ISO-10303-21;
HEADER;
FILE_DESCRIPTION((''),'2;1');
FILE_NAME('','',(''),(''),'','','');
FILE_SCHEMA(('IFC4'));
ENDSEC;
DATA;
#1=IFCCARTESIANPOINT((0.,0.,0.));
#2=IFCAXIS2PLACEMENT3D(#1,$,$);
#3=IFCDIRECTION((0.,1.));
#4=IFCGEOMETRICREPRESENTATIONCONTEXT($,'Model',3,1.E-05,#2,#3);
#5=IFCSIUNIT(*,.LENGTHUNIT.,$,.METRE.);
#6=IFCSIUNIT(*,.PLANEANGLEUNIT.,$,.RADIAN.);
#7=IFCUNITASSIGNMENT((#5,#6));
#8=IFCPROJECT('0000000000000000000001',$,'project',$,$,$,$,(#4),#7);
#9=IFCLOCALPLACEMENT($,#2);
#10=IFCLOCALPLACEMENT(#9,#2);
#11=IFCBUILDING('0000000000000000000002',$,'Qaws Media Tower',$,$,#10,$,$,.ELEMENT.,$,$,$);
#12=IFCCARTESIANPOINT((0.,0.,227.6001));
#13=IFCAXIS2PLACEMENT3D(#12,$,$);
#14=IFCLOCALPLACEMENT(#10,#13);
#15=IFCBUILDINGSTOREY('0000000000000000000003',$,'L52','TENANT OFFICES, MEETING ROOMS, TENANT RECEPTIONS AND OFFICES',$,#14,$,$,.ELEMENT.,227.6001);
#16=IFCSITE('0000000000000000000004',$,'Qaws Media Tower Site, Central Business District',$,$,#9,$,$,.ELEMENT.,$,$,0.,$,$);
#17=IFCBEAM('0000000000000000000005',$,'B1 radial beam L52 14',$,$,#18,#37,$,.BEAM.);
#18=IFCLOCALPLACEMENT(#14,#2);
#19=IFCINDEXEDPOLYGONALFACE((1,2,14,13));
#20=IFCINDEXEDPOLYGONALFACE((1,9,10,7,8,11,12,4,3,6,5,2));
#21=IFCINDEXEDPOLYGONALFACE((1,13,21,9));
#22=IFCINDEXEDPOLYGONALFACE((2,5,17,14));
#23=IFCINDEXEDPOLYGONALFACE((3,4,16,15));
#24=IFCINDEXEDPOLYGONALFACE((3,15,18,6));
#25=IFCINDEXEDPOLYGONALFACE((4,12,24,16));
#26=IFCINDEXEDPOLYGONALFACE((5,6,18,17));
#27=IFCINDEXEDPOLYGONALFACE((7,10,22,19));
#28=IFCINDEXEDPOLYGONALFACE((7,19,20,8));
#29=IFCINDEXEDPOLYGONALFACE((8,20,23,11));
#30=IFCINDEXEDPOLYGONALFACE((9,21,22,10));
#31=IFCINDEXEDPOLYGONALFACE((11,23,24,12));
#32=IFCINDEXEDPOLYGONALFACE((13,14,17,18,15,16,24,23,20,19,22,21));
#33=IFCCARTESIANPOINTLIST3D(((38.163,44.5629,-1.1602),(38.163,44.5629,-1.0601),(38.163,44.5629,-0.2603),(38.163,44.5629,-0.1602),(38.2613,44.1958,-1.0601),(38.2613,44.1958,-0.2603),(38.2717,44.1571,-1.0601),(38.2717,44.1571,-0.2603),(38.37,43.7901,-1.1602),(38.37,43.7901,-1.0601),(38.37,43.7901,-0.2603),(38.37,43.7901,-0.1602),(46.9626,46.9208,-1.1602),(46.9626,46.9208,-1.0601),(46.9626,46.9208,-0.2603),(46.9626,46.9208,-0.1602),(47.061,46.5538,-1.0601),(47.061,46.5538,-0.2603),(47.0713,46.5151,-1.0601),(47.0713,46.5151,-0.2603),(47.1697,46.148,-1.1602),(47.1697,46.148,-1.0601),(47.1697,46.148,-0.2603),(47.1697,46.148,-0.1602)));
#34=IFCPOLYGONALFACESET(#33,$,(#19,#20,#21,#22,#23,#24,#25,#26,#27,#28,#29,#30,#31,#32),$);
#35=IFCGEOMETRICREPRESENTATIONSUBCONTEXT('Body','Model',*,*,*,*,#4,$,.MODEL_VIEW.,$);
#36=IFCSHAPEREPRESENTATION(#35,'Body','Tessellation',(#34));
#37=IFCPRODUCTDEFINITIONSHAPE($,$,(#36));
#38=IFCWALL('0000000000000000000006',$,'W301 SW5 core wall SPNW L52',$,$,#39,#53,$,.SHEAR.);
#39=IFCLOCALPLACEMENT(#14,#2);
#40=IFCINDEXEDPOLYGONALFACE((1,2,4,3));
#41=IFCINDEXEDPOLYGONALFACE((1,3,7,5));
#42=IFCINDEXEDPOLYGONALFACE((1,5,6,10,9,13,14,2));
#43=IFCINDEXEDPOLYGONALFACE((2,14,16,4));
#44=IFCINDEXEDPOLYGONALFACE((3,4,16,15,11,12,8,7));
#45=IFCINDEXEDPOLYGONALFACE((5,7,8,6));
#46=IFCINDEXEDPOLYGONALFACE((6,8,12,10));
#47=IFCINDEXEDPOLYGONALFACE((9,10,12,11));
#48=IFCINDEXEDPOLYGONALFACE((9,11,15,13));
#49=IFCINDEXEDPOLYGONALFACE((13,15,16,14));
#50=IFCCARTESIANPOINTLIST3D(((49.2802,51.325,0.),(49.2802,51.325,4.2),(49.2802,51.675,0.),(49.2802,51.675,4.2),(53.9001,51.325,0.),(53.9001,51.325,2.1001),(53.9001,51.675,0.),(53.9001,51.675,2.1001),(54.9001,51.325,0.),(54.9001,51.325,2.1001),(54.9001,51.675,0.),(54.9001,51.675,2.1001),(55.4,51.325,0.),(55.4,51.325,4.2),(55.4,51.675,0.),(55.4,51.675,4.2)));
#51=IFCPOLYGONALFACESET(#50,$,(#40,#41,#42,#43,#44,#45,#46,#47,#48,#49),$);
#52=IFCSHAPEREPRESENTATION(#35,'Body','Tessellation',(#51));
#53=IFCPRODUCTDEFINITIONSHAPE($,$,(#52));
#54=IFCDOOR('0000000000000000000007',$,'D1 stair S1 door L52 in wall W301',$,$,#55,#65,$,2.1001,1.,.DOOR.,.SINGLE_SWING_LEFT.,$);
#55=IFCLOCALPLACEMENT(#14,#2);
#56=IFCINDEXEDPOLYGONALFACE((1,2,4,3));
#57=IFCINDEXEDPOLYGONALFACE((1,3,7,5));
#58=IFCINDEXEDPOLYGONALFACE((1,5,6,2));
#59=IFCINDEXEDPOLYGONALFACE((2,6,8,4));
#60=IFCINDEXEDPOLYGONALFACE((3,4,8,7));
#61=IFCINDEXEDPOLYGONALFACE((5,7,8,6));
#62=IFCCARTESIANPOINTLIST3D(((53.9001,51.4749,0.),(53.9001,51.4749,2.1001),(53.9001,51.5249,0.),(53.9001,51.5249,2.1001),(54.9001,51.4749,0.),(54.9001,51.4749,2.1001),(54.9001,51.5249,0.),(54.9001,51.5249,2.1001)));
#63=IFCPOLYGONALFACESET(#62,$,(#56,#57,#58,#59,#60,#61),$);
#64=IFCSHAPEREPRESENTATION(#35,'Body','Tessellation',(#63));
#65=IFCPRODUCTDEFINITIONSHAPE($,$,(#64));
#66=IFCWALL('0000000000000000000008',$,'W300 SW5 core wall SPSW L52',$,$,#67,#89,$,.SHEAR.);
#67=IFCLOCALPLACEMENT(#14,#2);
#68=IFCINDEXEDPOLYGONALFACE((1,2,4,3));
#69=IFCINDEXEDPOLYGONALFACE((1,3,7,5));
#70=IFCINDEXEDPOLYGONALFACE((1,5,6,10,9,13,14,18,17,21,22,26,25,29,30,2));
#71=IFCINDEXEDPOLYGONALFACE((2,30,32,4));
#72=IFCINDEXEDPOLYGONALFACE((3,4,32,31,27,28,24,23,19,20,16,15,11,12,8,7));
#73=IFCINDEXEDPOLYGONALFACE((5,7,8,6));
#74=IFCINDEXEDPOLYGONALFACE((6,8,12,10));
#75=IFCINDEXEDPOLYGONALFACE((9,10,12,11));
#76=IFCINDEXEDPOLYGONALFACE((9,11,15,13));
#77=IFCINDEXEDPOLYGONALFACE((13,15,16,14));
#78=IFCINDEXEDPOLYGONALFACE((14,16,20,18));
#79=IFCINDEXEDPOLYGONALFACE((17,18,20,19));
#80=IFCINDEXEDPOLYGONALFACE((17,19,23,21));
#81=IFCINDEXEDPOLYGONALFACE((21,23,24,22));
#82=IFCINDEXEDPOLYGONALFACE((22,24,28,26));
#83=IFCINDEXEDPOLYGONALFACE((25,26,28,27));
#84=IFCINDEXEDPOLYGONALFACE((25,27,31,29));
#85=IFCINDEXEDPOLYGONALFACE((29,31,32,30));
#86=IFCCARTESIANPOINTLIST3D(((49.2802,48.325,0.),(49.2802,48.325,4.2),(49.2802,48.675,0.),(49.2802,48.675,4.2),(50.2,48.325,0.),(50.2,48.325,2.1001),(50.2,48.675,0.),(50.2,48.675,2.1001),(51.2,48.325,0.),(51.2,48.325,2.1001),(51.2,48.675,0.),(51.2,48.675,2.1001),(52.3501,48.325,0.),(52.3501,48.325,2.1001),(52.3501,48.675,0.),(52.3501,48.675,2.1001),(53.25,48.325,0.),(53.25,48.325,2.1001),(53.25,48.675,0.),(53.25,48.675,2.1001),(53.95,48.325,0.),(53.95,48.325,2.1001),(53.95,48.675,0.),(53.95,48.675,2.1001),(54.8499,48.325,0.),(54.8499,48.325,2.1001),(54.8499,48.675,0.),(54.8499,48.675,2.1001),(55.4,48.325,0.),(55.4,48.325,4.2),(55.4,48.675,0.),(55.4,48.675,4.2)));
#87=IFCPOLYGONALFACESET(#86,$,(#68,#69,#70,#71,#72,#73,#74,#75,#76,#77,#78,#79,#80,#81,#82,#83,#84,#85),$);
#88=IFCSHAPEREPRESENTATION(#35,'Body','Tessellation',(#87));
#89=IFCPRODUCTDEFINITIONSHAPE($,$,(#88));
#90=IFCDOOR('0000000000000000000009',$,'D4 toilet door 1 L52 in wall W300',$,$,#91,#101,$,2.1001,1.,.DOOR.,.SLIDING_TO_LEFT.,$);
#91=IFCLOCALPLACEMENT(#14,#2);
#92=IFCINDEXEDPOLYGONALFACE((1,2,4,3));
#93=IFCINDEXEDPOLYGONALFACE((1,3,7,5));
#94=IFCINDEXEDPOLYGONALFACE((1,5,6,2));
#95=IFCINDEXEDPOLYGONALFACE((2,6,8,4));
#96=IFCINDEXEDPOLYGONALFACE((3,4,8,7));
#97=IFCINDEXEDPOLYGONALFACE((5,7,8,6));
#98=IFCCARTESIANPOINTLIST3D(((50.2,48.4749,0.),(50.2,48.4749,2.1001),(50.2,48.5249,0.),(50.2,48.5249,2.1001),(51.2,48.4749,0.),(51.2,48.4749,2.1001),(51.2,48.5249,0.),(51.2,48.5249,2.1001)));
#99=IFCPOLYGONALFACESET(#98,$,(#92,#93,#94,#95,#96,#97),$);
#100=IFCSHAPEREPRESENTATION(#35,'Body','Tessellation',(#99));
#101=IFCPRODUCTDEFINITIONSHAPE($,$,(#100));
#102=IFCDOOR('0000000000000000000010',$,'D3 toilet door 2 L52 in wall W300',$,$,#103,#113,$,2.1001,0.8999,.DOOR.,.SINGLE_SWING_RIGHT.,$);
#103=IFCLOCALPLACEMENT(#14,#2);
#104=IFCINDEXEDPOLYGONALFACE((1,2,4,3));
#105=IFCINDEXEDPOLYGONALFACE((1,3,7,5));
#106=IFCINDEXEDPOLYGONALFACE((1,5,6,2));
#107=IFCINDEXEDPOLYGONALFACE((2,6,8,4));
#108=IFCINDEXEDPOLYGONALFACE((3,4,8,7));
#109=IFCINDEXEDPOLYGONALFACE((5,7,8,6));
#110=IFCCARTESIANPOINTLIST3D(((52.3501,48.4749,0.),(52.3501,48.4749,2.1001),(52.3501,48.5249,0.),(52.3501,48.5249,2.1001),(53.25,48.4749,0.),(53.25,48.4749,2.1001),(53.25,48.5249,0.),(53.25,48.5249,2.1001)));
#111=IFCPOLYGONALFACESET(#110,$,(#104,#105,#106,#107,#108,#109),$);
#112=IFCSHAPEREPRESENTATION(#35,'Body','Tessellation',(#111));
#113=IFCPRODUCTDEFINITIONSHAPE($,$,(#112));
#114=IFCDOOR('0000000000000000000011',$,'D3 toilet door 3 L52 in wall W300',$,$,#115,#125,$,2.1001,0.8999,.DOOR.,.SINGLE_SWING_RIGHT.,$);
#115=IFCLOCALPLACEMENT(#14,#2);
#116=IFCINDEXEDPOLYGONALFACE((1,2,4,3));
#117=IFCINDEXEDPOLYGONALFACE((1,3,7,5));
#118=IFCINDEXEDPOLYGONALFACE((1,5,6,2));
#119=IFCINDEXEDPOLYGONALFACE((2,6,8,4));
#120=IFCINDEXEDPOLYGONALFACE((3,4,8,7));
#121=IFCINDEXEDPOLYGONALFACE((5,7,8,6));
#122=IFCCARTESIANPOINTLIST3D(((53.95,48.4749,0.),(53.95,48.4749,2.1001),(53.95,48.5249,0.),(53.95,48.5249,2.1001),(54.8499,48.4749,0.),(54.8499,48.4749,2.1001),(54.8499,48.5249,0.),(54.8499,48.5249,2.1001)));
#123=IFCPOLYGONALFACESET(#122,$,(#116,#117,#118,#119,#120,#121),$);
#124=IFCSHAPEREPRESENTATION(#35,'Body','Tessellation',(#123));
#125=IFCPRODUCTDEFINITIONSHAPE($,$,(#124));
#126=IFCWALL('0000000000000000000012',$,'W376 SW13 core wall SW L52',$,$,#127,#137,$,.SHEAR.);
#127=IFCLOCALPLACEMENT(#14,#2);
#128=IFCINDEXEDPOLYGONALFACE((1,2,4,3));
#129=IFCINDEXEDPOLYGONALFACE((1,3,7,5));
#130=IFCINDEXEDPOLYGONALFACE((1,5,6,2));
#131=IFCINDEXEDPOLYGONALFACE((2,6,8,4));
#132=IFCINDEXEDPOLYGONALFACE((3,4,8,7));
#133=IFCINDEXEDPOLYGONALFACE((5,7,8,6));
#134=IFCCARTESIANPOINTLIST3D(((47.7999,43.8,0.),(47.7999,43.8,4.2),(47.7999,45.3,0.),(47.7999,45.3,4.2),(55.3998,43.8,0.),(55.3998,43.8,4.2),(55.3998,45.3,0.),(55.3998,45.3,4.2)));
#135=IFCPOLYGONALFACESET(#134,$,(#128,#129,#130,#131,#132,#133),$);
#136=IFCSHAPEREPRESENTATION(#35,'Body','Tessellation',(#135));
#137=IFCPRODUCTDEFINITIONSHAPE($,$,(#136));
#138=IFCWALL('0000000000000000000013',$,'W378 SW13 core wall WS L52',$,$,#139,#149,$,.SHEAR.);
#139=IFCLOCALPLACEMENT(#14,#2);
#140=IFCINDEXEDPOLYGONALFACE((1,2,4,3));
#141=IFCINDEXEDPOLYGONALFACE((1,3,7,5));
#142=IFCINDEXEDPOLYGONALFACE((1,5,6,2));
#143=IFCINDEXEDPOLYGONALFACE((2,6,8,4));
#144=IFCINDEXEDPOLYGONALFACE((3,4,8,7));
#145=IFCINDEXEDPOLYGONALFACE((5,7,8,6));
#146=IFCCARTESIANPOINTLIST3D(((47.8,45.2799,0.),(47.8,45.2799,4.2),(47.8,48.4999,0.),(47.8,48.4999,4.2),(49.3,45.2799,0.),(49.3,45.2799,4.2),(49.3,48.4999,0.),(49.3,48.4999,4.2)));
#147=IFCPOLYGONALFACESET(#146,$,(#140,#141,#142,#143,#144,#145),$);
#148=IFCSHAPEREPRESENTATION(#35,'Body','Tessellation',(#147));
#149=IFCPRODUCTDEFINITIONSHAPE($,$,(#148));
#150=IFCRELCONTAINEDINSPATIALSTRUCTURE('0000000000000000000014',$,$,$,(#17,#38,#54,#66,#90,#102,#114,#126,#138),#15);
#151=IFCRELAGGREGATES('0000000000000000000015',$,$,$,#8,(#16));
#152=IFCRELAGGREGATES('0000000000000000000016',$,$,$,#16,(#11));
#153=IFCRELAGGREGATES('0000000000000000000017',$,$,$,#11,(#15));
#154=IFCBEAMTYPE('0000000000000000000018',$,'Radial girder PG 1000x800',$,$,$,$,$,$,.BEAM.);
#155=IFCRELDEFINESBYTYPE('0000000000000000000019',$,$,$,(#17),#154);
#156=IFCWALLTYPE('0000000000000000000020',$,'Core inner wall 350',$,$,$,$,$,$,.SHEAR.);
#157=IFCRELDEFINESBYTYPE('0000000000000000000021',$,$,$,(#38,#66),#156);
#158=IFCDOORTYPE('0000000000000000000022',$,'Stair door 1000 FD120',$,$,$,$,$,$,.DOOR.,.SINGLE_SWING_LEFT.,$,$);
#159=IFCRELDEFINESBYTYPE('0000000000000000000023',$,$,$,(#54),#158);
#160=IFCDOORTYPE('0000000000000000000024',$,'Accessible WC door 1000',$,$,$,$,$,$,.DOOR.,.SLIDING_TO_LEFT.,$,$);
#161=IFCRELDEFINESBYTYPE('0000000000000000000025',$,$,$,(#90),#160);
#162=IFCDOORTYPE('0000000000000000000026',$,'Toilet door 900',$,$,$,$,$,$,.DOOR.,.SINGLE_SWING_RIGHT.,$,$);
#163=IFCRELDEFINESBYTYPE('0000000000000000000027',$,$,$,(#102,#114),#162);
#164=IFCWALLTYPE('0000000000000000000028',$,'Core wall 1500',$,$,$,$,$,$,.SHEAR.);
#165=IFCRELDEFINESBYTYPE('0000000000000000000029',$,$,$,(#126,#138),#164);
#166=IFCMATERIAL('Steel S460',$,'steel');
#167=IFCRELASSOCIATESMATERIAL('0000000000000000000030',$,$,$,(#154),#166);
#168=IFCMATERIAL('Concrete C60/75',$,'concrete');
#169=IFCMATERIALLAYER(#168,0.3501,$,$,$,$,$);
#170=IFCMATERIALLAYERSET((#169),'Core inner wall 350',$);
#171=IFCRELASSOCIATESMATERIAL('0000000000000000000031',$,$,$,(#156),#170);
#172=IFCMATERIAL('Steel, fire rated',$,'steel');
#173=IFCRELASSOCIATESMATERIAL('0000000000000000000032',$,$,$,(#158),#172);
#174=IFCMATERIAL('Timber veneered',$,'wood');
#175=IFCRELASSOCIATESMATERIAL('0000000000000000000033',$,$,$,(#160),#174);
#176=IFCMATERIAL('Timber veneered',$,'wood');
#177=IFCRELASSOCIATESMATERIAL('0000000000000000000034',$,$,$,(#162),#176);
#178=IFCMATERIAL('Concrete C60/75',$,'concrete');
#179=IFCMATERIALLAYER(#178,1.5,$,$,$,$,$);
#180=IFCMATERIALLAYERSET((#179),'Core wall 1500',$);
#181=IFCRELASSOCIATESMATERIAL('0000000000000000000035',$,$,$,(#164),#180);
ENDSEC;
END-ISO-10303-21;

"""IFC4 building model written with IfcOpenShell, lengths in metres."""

from ifc_helpers import new_model, si_unit, direction, frame, frame_2d, origin, origin_2d, place, context, subcontext, project, spatial, rectangle, i_section, extrude, material, layer, layer_set, material_profile, profile_set, type_object, element, fill, save


model = new_model("IFC4")

# Units and contexts
model_context = context("Model", 3, precision=1e-05, world=origin(), true_north=direction((0.0, 1.0)))
body_context = subcontext(model_context, "Body", "Model", "MODEL_VIEW")
ifc_project = project(units=[si_unit("LENGTHUNIT", "METRE"), si_unit("PLANEANGLEUNIT", "RADIAN")], contexts=[model_context])

# Site, building, storey
site_placement = place(None, origin())
site = spatial("IfcSite", under=ifc_project, at=site_placement, Name="Qaws Media Tower Site, Central Business District", CompositionType="ELEMENT", RefElevation=0.0)
building_placement = place(site_placement, origin())
building = spatial("IfcBuilding", under=site, at=building_placement, Name="Qaws Media Tower", CompositionType="ELEMENT")
storey_placement = place(building_placement, frame((0.0, 0.0, 227.6001)))
storey = spatial("IfcBuildingStorey", under=building, at=storey_placement, Name="L52", Description="TENANT OFFICES, MEETING ROOMS, TENANT RECEPTIONS AND OFFICES", CompositionType="ELEMENT", Elevation=227.6001)

# Beam
ifc_material_1 = material(Name="Steel S460", Category="steel")
ifc_material_profile_1 = material_profile(ifc_material_1, i_section(OverallWidth=0.8, OverallDepth=1.0, WebThickness=0.04, FlangeThickness=0.1001, at=origin_2d()), Name="PG 1000x800")
ifc_profile_set_1 = profile_set([ifc_material_profile_1], Name="Steel S460")
beam_type_1 = type_object("IfcBeamType", Name="Radial girder PG 1000x800", PredefinedType="BEAM", material=ifc_profile_set_1)
beam_1_placement = place(storey_placement, frame((47.0662, 46.5344, -0.6602), z_axis=(-0.965924, -0.258827, 0.0), x_axis=(0.258827, -0.965924, 0.0)))
element("IfcBeam", 1, at=beam_1_placement, inside=storey, type_object=beam_type_1, Name="B1 radial beam L52 14", PredefinedType="BEAM", context=body_context, shape_type="SweptSolid", body=[
    extrude(i_section(OverallWidth=0.8, OverallDepth=1.0, WebThickness=0.04, FlangeThickness=0.1001, at=origin_2d()), origin(), (0.0, 0.0, 1.0), 9.1101),
])

# Wall, opening, door
ifc_material_2 = material(Name="Concrete C60/75", Category="concrete")
ifc_layer_1 = layer(ifc_material_2, 0.3501)
ifc_layer_set_1 = layer_set([ifc_layer_1], Name="Core inner wall 350")
wall_type_1 = type_object("IfcWallType", Name="Core inner wall 350", PredefinedType="SHEAR", material=ifc_layer_set_1)
wall_1_placement = place(storey_placement, frame((49.28, 51.5, 0.0), z_axis=(0.0, 0.0, 1.0), x_axis=(1.0, 0.0, 0.0)))
wall_1 = element("IfcWall", 2, at=wall_1_placement, inside=storey, type_object=wall_type_1, Name="W301 SW5 core wall SPNW L52", PredefinedType="SHEAR", context=body_context, shape_type="SweptSolid", body=[
    extrude(rectangle(XDim=6.1199, YDim=0.3501, at=frame_2d((3.0601, 0.0))), origin(), (0.0, 0.0, 1.0), 4.2),
])
opening_1_placement = place(wall_1_placement, frame((4.6201, 0.0, 0.0)))
opening_1 = element("IfcOpeningElement", 3, at=opening_1_placement, cuts=wall_1, PredefinedType="OPENING", context=body_context, shape_type="SweptSolid", body=[
    extrude(rectangle(XDim=1.0, YDim=2.1001, at=frame_2d((0.5, 1.05))), frame((0.0, 0.1851, 0.0), z_axis=(0.0, -1.0, 0.0), x_axis=(1.0, 0.0, 0.0)), (0.0, 0.0, 1.0), 0.3701),
])
ifc_material_3 = material(Name="Steel, fire rated", Category="steel")
door_type_1 = type_object("IfcDoorType", Name="Stair door 1000 FD120", OperationType="SINGLE_SWING_LEFT", PredefinedType="DOOR", material=ifc_material_3)
door_1_placement = place(opening_1_placement, origin())
door_1 = element("IfcDoor", 4, at=door_1_placement, inside=storey, type_object=door_type_1, Name="D1 stair S1 door L52 in wall W301", OperationType="SINGLE_SWING_LEFT", OverallHeight=2.1001, OverallWidth=1.0, PredefinedType="DOOR", context=body_context, shape_type="SweptSolid", body=[
    extrude(rectangle(XDim=1.0, YDim=2.1001, at=frame_2d((0.5, 1.05))), frame((0.0, 0.0249, 0.0), z_axis=(0.0, -1.0, 0.0), x_axis=(1.0, 0.0, 0.0)), (0.0, 0.0, 1.0), 0.05),
])
fill(opening_1, door_1)

# Wall, openings, doors
wall_2_placement = place(storey_placement, frame((49.28, 48.5, 0.0), z_axis=(0.0, 0.0, 1.0), x_axis=(1.0, 0.0, 0.0)))
wall_2 = element("IfcWall", 5, at=wall_2_placement, inside=storey, type_object=wall_type_1, Name="W300 SW5 core wall SPSW L52", PredefinedType="SHEAR", context=body_context, shape_type="SweptSolid", body=[
    extrude(rectangle(XDim=6.1199, YDim=0.3501, at=frame_2d((3.0601, 0.0))), origin(), (0.0, 0.0, 1.0), 4.2),
])
opening_2_placement = place(wall_2_placement, frame((0.9199, 0.0, 0.0)))
opening_2 = element("IfcOpeningElement", 6, at=opening_2_placement, cuts=wall_2, PredefinedType="OPENING", context=body_context, shape_type="SweptSolid", body=[
    extrude(rectangle(XDim=1.0, YDim=2.1001, at=frame_2d((0.5, 1.05))), frame((0.0, 0.1851, 0.0), z_axis=(0.0, -1.0, 0.0), x_axis=(1.0, 0.0, 0.0)), (0.0, 0.0, 1.0), 0.3701),
])
opening_3_placement = place(wall_2_placement, frame((3.0701, 0.0, 0.0)))
opening_3 = element("IfcOpeningElement", 7, at=opening_3_placement, cuts=wall_2, PredefinedType="OPENING", context=body_context, shape_type="SweptSolid", body=[
    extrude(rectangle(XDim=0.8999, YDim=2.1001, at=frame_2d((0.45, 1.05))), frame((0.0, 0.1851, 0.0), z_axis=(0.0, -1.0, 0.0), x_axis=(1.0, 0.0, 0.0)), (0.0, 0.0, 1.0), 0.3701),
])
opening_4_placement = place(wall_2_placement, frame((4.6699, 0.0, 0.0)))
opening_4 = element("IfcOpeningElement", 8, at=opening_4_placement, cuts=wall_2, PredefinedType="OPENING", context=body_context, shape_type="SweptSolid", body=[
    extrude(rectangle(XDim=0.8999, YDim=2.1001, at=frame_2d((0.45, 1.05))), frame((0.0, 0.1851, 0.0), z_axis=(0.0, -1.0, 0.0), x_axis=(1.0, 0.0, 0.0)), (0.0, 0.0, 1.0), 0.3701),
])
ifc_material_4 = material(Name="Timber veneered", Category="wood")
door_type_2 = type_object("IfcDoorType", Name="Accessible WC door 1000", OperationType="SLIDING_TO_LEFT", PredefinedType="DOOR", material=ifc_material_4)
door_2_placement = place(opening_2_placement, origin())
door_2 = element("IfcDoor", 9, at=door_2_placement, inside=storey, type_object=door_type_2, Name="D4 toilet door 1 L52 in wall W300", OperationType="SLIDING_TO_LEFT", OverallHeight=2.1001, OverallWidth=1.0, PredefinedType="DOOR", context=body_context, shape_type="SweptSolid", body=[
    extrude(rectangle(XDim=1.0, YDim=2.1001, at=frame_2d((0.5, 1.05))), frame((0.0, 0.0249, 0.0), z_axis=(0.0, -1.0, 0.0), x_axis=(1.0, 0.0, 0.0)), (0.0, 0.0, 1.0), 0.05),
])
fill(opening_2, door_2)
ifc_material_5 = material(Name="Timber veneered", Category="wood")
door_type_3 = type_object("IfcDoorType", Name="Toilet door 900", OperationType="SINGLE_SWING_RIGHT", PredefinedType="DOOR", material=ifc_material_5)
door_3_placement = place(opening_3_placement, origin())
door_3 = element("IfcDoor", 10, at=door_3_placement, inside=storey, type_object=door_type_3, Name="D3 toilet door 2 L52 in wall W300", OperationType="SINGLE_SWING_RIGHT", OverallHeight=2.1001, OverallWidth=0.8999, PredefinedType="DOOR", context=body_context, shape_type="SweptSolid", body=[
    extrude(rectangle(XDim=0.8999, YDim=2.1001, at=frame_2d((0.45, 1.05))), frame((0.0, 0.0249, 0.0), z_axis=(0.0, -1.0, 0.0), x_axis=(1.0, 0.0, 0.0)), (0.0, 0.0, 1.0), 0.05),
])
fill(opening_3, door_3)
door_4_placement = place(opening_4_placement, origin())
door_4 = element("IfcDoor", 11, at=door_4_placement, inside=storey, type_object=door_type_3, Name="D3 toilet door 3 L52 in wall W300", OperationType="SINGLE_SWING_RIGHT", OverallHeight=2.1001, OverallWidth=0.8999, PredefinedType="DOOR", context=body_context, shape_type="SweptSolid", body=[
    extrude(rectangle(XDim=0.8999, YDim=2.1001, at=frame_2d((0.45, 1.05))), frame((0.0, 0.0249, 0.0), z_axis=(0.0, -1.0, 0.0), x_axis=(1.0, 0.0, 0.0)), (0.0, 0.0, 1.0), 0.05),
])
fill(opening_4, door_4)

# Walls
ifc_material_6 = material(Name="Concrete C60/75", Category="concrete")
ifc_layer_2 = layer(ifc_material_6, 1.5)
ifc_layer_set_2 = layer_set([ifc_layer_2], Name="Core wall 1500")
wall_type_2 = type_object("IfcWallType", Name="Core wall 1500", PredefinedType="SHEAR", material=ifc_layer_set_2)
wall_3_placement = place(storey_placement, frame((47.8, 44.55, 0.0), z_axis=(0.0, 0.0, 1.0), x_axis=(1.0, 0.0, 0.0)))
element("IfcWall", 12, at=wall_3_placement, inside=storey, type_object=wall_type_2, Name="W376 SW13 core wall SW L52", PredefinedType="SHEAR", context=body_context, shape_type="SweptSolid", body=[
    extrude(rectangle(XDim=7.5999, YDim=1.5, at=frame_2d((3.7998, 0.0))), origin(), (0.0, 0.0, 1.0), 4.2),
])
wall_4_placement = place(storey_placement, frame((48.55, 45.28, 0.0), z_axis=(0.0, 0.0, 1.0), x_axis=(0.0, 1.0, 0.0)))
element("IfcWall", 13, at=wall_4_placement, inside=storey, type_object=wall_type_2, Name="W378 SW13 core wall WS L52", PredefinedType="SHEAR", context=body_context, shape_type="SweptSolid", body=[
    extrude(rectangle(XDim=3.22, YDim=1.5, at=frame_2d((1.6099, 0.0))), origin(), (0.0, 0.0, 1.0), 4.2),
])

save(model, "model.ifc")
